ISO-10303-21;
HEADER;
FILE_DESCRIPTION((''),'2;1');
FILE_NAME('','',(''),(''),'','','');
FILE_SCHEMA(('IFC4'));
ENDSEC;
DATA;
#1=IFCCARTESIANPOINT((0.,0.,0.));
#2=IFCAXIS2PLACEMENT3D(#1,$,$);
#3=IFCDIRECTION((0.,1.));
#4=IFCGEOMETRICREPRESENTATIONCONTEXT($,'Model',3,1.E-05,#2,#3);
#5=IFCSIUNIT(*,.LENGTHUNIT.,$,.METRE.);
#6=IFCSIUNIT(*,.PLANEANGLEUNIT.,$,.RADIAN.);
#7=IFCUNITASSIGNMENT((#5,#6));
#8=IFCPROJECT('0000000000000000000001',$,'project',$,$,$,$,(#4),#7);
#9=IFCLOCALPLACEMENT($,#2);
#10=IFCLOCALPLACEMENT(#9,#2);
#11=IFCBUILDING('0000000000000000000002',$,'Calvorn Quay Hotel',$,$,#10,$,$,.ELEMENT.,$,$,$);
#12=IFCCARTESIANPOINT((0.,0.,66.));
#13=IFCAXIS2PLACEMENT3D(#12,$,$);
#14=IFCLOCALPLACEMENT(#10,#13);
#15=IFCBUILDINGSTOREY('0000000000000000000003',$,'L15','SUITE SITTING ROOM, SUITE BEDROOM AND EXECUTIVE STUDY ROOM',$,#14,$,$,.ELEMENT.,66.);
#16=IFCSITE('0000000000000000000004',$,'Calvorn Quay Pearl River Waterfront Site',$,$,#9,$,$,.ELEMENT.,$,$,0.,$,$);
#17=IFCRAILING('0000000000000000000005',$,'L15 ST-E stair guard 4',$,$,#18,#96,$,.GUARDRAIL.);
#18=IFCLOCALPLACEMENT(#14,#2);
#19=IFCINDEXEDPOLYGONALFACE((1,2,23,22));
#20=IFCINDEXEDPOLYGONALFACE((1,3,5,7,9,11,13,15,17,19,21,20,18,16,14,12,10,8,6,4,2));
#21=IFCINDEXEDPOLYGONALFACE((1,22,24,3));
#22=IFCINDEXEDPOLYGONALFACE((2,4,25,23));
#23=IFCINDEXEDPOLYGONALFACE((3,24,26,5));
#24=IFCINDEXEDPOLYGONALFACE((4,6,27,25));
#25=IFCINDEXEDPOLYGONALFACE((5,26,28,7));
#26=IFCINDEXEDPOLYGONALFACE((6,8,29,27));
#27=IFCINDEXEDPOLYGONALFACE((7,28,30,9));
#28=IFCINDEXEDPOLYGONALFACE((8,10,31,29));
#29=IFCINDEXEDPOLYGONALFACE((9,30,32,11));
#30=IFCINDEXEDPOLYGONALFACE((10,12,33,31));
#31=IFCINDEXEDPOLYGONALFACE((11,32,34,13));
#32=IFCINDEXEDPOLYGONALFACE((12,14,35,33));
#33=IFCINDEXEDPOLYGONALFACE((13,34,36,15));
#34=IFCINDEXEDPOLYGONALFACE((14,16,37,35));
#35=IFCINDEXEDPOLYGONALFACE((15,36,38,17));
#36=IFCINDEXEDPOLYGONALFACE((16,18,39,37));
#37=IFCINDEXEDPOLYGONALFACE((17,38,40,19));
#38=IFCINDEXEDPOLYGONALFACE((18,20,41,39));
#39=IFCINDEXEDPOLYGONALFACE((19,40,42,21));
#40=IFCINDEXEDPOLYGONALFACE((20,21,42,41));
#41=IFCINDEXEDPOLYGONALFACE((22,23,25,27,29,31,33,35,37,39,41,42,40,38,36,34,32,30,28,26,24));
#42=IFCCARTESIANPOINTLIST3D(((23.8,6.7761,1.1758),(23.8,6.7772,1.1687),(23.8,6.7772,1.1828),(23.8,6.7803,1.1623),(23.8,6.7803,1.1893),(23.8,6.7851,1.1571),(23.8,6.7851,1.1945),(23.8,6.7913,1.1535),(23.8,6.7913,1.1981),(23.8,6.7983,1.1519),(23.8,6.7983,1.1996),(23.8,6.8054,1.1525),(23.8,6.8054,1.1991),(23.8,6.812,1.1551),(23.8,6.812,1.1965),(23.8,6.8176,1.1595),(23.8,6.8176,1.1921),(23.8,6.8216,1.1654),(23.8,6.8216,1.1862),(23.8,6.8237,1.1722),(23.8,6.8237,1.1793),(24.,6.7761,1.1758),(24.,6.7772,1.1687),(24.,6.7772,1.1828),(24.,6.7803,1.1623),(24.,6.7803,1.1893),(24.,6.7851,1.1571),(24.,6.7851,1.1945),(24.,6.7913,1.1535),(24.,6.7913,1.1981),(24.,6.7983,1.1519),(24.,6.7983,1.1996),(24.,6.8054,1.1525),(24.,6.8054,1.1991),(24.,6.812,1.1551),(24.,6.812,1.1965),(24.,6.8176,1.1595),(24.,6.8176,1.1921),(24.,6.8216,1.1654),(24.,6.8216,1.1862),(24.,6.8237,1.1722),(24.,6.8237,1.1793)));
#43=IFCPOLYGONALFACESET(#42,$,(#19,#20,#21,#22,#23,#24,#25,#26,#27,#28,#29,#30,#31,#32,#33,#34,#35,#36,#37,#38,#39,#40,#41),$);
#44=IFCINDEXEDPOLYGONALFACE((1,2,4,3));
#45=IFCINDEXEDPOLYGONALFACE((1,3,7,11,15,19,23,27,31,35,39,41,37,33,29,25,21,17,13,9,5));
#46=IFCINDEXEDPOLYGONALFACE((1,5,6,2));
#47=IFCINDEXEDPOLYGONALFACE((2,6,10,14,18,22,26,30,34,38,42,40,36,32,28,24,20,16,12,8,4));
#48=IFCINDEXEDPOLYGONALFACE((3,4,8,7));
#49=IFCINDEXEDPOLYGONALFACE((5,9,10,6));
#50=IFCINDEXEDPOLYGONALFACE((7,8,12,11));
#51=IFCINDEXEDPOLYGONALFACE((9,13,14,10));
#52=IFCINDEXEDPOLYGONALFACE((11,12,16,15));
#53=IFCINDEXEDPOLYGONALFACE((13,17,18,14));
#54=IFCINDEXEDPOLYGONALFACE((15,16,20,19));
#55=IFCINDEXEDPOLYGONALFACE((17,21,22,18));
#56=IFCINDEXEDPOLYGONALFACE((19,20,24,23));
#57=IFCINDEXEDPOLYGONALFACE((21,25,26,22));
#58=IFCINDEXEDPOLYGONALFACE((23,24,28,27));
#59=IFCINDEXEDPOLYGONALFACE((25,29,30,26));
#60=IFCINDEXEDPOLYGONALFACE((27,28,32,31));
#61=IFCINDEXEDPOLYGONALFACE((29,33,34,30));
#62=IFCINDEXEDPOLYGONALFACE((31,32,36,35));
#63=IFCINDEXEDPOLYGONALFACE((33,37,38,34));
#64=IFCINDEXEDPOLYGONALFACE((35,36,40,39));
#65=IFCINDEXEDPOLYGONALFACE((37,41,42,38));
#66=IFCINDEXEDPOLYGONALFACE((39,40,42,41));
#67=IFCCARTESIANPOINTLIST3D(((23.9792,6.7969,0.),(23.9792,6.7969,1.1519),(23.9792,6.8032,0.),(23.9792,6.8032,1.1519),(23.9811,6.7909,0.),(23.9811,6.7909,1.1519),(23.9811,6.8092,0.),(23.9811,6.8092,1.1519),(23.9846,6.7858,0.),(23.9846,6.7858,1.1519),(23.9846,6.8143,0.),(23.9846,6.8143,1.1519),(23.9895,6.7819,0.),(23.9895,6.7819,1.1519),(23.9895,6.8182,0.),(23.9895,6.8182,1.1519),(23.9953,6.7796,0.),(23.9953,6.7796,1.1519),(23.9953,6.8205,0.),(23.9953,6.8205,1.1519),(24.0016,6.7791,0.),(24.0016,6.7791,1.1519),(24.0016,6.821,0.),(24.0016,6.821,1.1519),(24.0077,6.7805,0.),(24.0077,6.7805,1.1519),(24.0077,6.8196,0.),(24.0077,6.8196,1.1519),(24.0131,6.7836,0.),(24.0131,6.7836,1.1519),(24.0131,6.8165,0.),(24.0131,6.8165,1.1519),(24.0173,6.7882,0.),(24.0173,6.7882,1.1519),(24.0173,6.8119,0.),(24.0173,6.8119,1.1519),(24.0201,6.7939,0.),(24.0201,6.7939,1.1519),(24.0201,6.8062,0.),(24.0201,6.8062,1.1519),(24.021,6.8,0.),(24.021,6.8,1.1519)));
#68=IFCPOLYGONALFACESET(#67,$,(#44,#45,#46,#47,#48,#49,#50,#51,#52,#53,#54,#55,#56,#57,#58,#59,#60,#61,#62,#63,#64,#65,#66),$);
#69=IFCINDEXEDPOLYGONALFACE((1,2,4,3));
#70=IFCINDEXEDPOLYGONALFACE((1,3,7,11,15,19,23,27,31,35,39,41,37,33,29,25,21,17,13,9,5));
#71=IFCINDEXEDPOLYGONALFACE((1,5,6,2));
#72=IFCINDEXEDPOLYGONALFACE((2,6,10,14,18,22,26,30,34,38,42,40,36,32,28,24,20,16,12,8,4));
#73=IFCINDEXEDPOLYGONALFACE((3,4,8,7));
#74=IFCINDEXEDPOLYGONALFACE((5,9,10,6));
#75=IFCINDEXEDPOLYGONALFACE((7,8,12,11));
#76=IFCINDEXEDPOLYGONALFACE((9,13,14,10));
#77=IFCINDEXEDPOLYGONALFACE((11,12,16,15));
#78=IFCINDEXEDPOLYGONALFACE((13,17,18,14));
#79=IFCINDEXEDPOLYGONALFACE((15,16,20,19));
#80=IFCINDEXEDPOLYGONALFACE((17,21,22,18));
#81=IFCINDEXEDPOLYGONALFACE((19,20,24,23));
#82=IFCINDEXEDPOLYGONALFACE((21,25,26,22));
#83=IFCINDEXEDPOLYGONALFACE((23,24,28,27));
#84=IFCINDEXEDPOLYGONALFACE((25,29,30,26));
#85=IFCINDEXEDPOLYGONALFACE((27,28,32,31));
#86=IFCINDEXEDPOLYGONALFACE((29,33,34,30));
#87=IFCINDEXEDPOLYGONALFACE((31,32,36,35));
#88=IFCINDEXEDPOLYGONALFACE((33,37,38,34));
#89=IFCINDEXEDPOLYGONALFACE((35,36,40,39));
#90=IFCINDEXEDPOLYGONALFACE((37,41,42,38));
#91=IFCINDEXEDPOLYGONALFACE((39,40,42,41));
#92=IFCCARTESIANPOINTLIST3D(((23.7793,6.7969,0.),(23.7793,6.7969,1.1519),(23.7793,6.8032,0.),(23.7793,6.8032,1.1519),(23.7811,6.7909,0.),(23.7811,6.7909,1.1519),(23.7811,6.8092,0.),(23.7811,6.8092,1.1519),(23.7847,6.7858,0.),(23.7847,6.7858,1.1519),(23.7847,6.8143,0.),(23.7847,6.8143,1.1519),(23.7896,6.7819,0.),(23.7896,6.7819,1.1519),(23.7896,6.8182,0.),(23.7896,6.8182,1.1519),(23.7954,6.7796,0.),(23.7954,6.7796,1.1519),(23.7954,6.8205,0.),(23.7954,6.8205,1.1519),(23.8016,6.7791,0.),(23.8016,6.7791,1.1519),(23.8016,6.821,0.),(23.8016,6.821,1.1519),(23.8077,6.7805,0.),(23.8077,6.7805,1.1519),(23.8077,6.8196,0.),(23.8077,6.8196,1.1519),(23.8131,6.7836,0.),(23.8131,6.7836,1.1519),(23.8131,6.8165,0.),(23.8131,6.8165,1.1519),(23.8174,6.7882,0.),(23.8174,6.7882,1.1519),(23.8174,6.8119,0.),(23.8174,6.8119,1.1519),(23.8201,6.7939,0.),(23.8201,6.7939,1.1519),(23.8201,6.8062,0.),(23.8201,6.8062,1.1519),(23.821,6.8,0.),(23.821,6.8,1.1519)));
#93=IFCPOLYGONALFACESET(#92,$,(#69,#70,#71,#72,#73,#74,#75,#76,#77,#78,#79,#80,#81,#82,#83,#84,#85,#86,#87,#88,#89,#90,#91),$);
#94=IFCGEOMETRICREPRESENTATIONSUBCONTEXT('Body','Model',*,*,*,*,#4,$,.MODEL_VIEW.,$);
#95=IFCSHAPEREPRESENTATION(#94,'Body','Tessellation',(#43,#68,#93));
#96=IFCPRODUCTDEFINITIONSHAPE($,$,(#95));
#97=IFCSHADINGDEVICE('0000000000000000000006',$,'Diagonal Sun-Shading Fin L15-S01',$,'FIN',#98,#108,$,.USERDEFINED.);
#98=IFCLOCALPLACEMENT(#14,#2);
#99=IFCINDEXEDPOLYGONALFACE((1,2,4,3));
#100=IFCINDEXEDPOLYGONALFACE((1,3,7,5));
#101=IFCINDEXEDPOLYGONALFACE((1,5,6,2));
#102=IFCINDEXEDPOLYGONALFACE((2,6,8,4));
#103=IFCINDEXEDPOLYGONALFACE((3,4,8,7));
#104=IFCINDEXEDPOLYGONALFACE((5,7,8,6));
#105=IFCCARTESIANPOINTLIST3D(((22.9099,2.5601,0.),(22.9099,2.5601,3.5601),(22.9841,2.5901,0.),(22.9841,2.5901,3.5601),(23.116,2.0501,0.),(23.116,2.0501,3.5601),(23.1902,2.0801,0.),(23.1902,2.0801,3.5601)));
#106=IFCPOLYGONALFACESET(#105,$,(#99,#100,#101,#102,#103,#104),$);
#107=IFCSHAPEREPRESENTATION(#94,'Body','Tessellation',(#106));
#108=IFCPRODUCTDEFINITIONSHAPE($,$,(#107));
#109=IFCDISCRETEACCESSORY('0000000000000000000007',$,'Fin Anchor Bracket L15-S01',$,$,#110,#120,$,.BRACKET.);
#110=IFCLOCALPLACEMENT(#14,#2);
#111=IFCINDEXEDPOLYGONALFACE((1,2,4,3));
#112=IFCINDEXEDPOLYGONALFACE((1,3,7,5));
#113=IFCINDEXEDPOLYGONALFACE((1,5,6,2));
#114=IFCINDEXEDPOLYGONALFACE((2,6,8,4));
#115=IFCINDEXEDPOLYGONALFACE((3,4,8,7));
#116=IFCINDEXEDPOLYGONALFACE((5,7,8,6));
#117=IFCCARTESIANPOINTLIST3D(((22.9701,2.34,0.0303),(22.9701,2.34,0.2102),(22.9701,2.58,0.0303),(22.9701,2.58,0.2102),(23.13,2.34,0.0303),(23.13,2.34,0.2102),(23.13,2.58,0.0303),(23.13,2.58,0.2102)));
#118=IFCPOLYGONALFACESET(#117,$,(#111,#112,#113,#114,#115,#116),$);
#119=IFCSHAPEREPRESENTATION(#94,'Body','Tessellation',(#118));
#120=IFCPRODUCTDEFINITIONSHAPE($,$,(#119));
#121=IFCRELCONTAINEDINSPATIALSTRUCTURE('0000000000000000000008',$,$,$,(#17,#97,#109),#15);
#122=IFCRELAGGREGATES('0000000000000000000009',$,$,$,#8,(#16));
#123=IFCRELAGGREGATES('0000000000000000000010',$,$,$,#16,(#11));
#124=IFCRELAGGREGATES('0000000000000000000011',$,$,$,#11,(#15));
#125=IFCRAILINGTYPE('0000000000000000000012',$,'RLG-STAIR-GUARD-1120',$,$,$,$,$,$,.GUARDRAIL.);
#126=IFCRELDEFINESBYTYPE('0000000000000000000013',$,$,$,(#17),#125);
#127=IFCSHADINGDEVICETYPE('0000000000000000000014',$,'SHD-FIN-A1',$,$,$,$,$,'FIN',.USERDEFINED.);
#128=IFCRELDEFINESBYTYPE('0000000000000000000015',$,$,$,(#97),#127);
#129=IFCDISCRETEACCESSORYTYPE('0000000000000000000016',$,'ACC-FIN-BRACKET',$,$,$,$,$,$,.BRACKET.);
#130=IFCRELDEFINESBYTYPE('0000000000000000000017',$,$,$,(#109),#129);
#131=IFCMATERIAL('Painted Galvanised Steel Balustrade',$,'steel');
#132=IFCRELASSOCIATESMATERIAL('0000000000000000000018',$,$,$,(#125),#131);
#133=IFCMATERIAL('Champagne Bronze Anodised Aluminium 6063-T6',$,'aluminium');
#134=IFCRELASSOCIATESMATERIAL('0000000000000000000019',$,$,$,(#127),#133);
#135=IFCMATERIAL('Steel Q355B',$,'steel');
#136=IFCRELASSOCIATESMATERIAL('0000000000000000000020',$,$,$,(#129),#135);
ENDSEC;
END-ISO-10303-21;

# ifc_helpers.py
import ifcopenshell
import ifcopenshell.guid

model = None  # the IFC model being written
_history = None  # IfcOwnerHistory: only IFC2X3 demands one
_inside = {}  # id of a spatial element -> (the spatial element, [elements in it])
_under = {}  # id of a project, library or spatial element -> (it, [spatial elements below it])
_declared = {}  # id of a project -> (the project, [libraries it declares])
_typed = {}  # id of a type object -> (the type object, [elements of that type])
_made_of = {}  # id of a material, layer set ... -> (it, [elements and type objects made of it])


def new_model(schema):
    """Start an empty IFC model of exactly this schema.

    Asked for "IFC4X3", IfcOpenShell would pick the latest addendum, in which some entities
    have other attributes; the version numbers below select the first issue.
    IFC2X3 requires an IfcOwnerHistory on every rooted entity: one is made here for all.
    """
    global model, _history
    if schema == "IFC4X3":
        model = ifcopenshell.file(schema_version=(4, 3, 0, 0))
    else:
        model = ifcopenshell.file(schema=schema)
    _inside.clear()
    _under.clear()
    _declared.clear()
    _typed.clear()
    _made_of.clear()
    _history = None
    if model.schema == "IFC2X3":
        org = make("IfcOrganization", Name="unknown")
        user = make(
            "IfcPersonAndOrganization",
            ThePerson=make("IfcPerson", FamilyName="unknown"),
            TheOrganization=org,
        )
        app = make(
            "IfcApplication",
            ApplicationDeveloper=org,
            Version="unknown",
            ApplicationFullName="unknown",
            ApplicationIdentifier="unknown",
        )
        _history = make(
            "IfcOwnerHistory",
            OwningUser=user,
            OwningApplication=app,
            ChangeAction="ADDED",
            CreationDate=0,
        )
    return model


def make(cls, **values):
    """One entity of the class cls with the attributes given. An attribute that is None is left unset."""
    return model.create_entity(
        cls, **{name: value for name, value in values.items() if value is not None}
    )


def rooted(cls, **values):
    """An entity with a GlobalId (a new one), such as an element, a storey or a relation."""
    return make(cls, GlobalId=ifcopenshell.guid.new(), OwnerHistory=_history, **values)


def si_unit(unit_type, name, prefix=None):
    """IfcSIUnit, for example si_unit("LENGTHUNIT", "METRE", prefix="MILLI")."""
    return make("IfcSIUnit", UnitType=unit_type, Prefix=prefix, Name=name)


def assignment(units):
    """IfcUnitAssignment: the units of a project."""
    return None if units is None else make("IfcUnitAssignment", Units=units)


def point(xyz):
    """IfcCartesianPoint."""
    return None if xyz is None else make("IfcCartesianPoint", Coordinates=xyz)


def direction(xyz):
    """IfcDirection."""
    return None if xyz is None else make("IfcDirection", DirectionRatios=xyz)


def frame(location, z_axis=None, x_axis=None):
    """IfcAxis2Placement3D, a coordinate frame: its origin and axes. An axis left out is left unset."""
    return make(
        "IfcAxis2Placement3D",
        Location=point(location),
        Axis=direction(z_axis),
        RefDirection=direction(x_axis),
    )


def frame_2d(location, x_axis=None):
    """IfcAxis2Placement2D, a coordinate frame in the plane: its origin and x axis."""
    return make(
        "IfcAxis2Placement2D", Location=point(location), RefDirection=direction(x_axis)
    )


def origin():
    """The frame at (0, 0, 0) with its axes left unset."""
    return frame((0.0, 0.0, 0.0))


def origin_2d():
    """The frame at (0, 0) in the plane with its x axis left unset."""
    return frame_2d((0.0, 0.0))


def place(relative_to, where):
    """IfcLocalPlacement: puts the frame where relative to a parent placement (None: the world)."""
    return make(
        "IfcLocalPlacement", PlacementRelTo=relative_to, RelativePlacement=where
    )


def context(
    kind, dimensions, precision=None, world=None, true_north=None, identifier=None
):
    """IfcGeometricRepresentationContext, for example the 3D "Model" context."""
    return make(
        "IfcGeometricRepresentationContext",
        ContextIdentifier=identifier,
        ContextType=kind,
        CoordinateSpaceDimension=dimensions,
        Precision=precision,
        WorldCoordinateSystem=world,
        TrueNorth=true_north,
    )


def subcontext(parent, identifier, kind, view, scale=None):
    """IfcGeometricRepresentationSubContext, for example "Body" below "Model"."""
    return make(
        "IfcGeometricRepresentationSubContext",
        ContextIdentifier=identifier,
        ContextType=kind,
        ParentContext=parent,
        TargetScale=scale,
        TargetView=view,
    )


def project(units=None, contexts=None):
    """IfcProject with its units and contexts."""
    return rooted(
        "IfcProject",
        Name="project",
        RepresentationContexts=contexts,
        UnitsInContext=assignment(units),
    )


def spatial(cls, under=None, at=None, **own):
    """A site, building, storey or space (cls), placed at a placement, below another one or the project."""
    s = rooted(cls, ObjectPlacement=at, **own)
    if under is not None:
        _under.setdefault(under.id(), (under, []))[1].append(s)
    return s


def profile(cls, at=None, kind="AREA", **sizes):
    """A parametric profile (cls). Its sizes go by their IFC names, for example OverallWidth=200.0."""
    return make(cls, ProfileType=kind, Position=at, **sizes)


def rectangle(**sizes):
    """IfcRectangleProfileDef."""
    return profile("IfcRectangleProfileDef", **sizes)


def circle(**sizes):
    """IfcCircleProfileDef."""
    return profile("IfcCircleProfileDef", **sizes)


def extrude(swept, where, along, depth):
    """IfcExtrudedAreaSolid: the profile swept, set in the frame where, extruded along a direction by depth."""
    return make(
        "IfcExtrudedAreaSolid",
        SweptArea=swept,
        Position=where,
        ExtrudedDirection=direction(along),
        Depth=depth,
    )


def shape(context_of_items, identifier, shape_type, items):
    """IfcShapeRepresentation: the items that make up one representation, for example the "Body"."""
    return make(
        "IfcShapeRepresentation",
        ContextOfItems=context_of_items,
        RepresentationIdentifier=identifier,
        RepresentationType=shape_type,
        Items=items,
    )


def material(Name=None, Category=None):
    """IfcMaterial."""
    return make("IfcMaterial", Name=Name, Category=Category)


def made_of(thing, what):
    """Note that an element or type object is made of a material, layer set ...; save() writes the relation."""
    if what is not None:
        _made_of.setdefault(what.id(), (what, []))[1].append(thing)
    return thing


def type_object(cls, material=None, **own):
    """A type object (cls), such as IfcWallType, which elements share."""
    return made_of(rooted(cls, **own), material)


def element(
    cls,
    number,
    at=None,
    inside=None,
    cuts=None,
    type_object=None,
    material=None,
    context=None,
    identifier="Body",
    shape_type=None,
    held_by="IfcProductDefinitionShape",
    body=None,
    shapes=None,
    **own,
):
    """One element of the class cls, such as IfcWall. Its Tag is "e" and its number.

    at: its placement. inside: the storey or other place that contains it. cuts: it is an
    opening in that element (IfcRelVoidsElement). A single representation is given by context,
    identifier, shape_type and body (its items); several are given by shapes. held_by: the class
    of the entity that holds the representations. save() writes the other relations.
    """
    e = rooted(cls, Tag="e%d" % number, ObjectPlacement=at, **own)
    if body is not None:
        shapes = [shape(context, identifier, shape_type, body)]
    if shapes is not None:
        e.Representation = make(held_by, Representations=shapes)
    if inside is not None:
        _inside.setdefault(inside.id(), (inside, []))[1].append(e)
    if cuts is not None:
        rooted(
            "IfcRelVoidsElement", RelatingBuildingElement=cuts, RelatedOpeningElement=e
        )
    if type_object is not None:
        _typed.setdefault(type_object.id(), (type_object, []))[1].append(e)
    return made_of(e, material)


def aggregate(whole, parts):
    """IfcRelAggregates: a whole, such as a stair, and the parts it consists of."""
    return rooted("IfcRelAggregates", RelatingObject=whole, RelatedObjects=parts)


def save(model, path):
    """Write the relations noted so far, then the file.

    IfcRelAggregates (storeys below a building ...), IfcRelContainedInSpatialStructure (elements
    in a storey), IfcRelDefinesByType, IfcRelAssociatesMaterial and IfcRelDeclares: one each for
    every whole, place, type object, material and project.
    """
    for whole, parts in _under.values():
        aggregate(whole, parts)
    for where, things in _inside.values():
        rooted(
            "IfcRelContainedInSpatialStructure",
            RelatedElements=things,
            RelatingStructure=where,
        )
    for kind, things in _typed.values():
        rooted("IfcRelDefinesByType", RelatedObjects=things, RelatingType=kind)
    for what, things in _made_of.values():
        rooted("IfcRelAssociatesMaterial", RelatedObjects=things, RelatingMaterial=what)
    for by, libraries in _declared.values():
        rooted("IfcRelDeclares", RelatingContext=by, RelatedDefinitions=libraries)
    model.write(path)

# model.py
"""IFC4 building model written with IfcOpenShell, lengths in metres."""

from ifc_helpers import new_model, si_unit, direction, frame, origin, origin_2d, place, context, subcontext, project, spatial, rectangle, circle, extrude, material, type_object, element, save


model = new_model("IFC4")

# Units and contexts
model_context = context("Model", 3, precision=1e-05, world=origin(), true_north=direction((0.0, 1.0)))
body_context = subcontext(model_context, "Body", "Model", "MODEL_VIEW")
ifc_project = project(units=[si_unit("LENGTHUNIT", "METRE"), si_unit("PLANEANGLEUNIT", "RADIAN")], contexts=[model_context])

# Site, building, storey
site_placement = place(None, origin())
site = spatial("IfcSite", under=ifc_project, at=site_placement, Name="Calvorn Quay Pearl River Waterfront Site", CompositionType="ELEMENT", RefElevation=0.0)
building_placement = place(site_placement, origin())
building = spatial("IfcBuilding", under=site, at=building_placement, Name="Calvorn Quay Hotel", CompositionType="ELEMENT")
storey_placement = place(building_placement, frame((0.0, 0.0, 66.0)))
storey = spatial("IfcBuildingStorey", under=building, at=storey_placement, Name="L15", Description="SUITE SITTING ROOM, SUITE BEDROOM AND EXECUTIVE STUDY ROOM", CompositionType="ELEMENT", Elevation=66.0)

# Railing
ifc_material_1 = material(Name="Painted Galvanised Steel Balustrade", Category="steel")
railing_type_1 = type_object("IfcRailingType", Name="RLG-STAIR-GUARD-1120", PredefinedType="GUARDRAIL", material=ifc_material_1)
railing_1_placement = place(storey_placement, frame((24.0, 6.8, 0.0)))
element("IfcRailing", 1, at=railing_1_placement, inside=storey, type_object=railing_type_1, Name="L15 ST-E stair guard 4", PredefinedType="GUARDRAIL", context=body_context, shape_type="SweptSolid", body=[
    extrude(circle(Radius=0.0239, at=origin_2d()), frame((0.0, 0.0, 1.1758), z_axis=(-1.0, 0.0, 0.0), x_axis=(0.0, -1.0, 0.0)), (0.0, 0.0, 1.0), 0.2),
    extrude(circle(Radius=0.021, at=origin_2d()), origin(), (0.0, 0.0, 1.0), 1.1519),
    extrude(circle(Radius=0.021, at=origin_2d()), frame((-0.2, 0.0, 0.0)), (0.0, 0.0, 1.0), 1.1519),
])

# Shading device
ifc_material_2 = material(Name="Champagne Bronze Anodised Aluminium 6063-T6", Category="aluminium")
shading_device_type = type_object("IfcShadingDeviceType", Name="SHD-FIN-A1", ElementType="FIN", PredefinedType="USERDEFINED", material=ifc_material_2)
shading_device_placement = place(storey_placement, frame((23.05, 2.3201, 0.0), z_axis=(0.0, 0.0, 1.0), x_axis=(-0.374607, 0.927184, 0.0)))
element("IfcShadingDevice", 2, at=shading_device_placement, inside=storey, type_object=shading_device_type, Name="Diagonal Sun-Shading Fin L15-S01", ObjectType="FIN", PredefinedType="USERDEFINED", context=body_context, shape_type="SweptSolid", body=[
    extrude(rectangle(XDim=0.55, YDim=0.0801, at=origin_2d()), origin(), (0.0, 0.0, 1.0), 3.5601),
])

# Discrete accessory
ifc_material_3 = material(Name="Steel Q355B", Category="steel")
discrete_accessory_type = type_object("IfcDiscreteAccessoryType", Name="ACC-FIN-BRACKET", PredefinedType="BRACKET", material=ifc_material_3)
discrete_accessory_placement = place(storey_placement, frame((23.05, 2.46, 0.0303), z_axis=(0.0, 0.0, 1.0), x_axis=(0.0, 1.0, 0.0)))
element("IfcDiscreteAccessory", 3, at=discrete_accessory_placement, inside=storey, type_object=discrete_accessory_type, Name="Fin Anchor Bracket L15-S01", PredefinedType="BRACKET", context=body_context, shape_type="SweptSolid", body=[
    extrude(rectangle(XDim=0.24, YDim=0.1599, at=origin_2d()), origin(), (0.0, 0.0, 1.0), 0.1799),
])

save(model, "model.ifc")
